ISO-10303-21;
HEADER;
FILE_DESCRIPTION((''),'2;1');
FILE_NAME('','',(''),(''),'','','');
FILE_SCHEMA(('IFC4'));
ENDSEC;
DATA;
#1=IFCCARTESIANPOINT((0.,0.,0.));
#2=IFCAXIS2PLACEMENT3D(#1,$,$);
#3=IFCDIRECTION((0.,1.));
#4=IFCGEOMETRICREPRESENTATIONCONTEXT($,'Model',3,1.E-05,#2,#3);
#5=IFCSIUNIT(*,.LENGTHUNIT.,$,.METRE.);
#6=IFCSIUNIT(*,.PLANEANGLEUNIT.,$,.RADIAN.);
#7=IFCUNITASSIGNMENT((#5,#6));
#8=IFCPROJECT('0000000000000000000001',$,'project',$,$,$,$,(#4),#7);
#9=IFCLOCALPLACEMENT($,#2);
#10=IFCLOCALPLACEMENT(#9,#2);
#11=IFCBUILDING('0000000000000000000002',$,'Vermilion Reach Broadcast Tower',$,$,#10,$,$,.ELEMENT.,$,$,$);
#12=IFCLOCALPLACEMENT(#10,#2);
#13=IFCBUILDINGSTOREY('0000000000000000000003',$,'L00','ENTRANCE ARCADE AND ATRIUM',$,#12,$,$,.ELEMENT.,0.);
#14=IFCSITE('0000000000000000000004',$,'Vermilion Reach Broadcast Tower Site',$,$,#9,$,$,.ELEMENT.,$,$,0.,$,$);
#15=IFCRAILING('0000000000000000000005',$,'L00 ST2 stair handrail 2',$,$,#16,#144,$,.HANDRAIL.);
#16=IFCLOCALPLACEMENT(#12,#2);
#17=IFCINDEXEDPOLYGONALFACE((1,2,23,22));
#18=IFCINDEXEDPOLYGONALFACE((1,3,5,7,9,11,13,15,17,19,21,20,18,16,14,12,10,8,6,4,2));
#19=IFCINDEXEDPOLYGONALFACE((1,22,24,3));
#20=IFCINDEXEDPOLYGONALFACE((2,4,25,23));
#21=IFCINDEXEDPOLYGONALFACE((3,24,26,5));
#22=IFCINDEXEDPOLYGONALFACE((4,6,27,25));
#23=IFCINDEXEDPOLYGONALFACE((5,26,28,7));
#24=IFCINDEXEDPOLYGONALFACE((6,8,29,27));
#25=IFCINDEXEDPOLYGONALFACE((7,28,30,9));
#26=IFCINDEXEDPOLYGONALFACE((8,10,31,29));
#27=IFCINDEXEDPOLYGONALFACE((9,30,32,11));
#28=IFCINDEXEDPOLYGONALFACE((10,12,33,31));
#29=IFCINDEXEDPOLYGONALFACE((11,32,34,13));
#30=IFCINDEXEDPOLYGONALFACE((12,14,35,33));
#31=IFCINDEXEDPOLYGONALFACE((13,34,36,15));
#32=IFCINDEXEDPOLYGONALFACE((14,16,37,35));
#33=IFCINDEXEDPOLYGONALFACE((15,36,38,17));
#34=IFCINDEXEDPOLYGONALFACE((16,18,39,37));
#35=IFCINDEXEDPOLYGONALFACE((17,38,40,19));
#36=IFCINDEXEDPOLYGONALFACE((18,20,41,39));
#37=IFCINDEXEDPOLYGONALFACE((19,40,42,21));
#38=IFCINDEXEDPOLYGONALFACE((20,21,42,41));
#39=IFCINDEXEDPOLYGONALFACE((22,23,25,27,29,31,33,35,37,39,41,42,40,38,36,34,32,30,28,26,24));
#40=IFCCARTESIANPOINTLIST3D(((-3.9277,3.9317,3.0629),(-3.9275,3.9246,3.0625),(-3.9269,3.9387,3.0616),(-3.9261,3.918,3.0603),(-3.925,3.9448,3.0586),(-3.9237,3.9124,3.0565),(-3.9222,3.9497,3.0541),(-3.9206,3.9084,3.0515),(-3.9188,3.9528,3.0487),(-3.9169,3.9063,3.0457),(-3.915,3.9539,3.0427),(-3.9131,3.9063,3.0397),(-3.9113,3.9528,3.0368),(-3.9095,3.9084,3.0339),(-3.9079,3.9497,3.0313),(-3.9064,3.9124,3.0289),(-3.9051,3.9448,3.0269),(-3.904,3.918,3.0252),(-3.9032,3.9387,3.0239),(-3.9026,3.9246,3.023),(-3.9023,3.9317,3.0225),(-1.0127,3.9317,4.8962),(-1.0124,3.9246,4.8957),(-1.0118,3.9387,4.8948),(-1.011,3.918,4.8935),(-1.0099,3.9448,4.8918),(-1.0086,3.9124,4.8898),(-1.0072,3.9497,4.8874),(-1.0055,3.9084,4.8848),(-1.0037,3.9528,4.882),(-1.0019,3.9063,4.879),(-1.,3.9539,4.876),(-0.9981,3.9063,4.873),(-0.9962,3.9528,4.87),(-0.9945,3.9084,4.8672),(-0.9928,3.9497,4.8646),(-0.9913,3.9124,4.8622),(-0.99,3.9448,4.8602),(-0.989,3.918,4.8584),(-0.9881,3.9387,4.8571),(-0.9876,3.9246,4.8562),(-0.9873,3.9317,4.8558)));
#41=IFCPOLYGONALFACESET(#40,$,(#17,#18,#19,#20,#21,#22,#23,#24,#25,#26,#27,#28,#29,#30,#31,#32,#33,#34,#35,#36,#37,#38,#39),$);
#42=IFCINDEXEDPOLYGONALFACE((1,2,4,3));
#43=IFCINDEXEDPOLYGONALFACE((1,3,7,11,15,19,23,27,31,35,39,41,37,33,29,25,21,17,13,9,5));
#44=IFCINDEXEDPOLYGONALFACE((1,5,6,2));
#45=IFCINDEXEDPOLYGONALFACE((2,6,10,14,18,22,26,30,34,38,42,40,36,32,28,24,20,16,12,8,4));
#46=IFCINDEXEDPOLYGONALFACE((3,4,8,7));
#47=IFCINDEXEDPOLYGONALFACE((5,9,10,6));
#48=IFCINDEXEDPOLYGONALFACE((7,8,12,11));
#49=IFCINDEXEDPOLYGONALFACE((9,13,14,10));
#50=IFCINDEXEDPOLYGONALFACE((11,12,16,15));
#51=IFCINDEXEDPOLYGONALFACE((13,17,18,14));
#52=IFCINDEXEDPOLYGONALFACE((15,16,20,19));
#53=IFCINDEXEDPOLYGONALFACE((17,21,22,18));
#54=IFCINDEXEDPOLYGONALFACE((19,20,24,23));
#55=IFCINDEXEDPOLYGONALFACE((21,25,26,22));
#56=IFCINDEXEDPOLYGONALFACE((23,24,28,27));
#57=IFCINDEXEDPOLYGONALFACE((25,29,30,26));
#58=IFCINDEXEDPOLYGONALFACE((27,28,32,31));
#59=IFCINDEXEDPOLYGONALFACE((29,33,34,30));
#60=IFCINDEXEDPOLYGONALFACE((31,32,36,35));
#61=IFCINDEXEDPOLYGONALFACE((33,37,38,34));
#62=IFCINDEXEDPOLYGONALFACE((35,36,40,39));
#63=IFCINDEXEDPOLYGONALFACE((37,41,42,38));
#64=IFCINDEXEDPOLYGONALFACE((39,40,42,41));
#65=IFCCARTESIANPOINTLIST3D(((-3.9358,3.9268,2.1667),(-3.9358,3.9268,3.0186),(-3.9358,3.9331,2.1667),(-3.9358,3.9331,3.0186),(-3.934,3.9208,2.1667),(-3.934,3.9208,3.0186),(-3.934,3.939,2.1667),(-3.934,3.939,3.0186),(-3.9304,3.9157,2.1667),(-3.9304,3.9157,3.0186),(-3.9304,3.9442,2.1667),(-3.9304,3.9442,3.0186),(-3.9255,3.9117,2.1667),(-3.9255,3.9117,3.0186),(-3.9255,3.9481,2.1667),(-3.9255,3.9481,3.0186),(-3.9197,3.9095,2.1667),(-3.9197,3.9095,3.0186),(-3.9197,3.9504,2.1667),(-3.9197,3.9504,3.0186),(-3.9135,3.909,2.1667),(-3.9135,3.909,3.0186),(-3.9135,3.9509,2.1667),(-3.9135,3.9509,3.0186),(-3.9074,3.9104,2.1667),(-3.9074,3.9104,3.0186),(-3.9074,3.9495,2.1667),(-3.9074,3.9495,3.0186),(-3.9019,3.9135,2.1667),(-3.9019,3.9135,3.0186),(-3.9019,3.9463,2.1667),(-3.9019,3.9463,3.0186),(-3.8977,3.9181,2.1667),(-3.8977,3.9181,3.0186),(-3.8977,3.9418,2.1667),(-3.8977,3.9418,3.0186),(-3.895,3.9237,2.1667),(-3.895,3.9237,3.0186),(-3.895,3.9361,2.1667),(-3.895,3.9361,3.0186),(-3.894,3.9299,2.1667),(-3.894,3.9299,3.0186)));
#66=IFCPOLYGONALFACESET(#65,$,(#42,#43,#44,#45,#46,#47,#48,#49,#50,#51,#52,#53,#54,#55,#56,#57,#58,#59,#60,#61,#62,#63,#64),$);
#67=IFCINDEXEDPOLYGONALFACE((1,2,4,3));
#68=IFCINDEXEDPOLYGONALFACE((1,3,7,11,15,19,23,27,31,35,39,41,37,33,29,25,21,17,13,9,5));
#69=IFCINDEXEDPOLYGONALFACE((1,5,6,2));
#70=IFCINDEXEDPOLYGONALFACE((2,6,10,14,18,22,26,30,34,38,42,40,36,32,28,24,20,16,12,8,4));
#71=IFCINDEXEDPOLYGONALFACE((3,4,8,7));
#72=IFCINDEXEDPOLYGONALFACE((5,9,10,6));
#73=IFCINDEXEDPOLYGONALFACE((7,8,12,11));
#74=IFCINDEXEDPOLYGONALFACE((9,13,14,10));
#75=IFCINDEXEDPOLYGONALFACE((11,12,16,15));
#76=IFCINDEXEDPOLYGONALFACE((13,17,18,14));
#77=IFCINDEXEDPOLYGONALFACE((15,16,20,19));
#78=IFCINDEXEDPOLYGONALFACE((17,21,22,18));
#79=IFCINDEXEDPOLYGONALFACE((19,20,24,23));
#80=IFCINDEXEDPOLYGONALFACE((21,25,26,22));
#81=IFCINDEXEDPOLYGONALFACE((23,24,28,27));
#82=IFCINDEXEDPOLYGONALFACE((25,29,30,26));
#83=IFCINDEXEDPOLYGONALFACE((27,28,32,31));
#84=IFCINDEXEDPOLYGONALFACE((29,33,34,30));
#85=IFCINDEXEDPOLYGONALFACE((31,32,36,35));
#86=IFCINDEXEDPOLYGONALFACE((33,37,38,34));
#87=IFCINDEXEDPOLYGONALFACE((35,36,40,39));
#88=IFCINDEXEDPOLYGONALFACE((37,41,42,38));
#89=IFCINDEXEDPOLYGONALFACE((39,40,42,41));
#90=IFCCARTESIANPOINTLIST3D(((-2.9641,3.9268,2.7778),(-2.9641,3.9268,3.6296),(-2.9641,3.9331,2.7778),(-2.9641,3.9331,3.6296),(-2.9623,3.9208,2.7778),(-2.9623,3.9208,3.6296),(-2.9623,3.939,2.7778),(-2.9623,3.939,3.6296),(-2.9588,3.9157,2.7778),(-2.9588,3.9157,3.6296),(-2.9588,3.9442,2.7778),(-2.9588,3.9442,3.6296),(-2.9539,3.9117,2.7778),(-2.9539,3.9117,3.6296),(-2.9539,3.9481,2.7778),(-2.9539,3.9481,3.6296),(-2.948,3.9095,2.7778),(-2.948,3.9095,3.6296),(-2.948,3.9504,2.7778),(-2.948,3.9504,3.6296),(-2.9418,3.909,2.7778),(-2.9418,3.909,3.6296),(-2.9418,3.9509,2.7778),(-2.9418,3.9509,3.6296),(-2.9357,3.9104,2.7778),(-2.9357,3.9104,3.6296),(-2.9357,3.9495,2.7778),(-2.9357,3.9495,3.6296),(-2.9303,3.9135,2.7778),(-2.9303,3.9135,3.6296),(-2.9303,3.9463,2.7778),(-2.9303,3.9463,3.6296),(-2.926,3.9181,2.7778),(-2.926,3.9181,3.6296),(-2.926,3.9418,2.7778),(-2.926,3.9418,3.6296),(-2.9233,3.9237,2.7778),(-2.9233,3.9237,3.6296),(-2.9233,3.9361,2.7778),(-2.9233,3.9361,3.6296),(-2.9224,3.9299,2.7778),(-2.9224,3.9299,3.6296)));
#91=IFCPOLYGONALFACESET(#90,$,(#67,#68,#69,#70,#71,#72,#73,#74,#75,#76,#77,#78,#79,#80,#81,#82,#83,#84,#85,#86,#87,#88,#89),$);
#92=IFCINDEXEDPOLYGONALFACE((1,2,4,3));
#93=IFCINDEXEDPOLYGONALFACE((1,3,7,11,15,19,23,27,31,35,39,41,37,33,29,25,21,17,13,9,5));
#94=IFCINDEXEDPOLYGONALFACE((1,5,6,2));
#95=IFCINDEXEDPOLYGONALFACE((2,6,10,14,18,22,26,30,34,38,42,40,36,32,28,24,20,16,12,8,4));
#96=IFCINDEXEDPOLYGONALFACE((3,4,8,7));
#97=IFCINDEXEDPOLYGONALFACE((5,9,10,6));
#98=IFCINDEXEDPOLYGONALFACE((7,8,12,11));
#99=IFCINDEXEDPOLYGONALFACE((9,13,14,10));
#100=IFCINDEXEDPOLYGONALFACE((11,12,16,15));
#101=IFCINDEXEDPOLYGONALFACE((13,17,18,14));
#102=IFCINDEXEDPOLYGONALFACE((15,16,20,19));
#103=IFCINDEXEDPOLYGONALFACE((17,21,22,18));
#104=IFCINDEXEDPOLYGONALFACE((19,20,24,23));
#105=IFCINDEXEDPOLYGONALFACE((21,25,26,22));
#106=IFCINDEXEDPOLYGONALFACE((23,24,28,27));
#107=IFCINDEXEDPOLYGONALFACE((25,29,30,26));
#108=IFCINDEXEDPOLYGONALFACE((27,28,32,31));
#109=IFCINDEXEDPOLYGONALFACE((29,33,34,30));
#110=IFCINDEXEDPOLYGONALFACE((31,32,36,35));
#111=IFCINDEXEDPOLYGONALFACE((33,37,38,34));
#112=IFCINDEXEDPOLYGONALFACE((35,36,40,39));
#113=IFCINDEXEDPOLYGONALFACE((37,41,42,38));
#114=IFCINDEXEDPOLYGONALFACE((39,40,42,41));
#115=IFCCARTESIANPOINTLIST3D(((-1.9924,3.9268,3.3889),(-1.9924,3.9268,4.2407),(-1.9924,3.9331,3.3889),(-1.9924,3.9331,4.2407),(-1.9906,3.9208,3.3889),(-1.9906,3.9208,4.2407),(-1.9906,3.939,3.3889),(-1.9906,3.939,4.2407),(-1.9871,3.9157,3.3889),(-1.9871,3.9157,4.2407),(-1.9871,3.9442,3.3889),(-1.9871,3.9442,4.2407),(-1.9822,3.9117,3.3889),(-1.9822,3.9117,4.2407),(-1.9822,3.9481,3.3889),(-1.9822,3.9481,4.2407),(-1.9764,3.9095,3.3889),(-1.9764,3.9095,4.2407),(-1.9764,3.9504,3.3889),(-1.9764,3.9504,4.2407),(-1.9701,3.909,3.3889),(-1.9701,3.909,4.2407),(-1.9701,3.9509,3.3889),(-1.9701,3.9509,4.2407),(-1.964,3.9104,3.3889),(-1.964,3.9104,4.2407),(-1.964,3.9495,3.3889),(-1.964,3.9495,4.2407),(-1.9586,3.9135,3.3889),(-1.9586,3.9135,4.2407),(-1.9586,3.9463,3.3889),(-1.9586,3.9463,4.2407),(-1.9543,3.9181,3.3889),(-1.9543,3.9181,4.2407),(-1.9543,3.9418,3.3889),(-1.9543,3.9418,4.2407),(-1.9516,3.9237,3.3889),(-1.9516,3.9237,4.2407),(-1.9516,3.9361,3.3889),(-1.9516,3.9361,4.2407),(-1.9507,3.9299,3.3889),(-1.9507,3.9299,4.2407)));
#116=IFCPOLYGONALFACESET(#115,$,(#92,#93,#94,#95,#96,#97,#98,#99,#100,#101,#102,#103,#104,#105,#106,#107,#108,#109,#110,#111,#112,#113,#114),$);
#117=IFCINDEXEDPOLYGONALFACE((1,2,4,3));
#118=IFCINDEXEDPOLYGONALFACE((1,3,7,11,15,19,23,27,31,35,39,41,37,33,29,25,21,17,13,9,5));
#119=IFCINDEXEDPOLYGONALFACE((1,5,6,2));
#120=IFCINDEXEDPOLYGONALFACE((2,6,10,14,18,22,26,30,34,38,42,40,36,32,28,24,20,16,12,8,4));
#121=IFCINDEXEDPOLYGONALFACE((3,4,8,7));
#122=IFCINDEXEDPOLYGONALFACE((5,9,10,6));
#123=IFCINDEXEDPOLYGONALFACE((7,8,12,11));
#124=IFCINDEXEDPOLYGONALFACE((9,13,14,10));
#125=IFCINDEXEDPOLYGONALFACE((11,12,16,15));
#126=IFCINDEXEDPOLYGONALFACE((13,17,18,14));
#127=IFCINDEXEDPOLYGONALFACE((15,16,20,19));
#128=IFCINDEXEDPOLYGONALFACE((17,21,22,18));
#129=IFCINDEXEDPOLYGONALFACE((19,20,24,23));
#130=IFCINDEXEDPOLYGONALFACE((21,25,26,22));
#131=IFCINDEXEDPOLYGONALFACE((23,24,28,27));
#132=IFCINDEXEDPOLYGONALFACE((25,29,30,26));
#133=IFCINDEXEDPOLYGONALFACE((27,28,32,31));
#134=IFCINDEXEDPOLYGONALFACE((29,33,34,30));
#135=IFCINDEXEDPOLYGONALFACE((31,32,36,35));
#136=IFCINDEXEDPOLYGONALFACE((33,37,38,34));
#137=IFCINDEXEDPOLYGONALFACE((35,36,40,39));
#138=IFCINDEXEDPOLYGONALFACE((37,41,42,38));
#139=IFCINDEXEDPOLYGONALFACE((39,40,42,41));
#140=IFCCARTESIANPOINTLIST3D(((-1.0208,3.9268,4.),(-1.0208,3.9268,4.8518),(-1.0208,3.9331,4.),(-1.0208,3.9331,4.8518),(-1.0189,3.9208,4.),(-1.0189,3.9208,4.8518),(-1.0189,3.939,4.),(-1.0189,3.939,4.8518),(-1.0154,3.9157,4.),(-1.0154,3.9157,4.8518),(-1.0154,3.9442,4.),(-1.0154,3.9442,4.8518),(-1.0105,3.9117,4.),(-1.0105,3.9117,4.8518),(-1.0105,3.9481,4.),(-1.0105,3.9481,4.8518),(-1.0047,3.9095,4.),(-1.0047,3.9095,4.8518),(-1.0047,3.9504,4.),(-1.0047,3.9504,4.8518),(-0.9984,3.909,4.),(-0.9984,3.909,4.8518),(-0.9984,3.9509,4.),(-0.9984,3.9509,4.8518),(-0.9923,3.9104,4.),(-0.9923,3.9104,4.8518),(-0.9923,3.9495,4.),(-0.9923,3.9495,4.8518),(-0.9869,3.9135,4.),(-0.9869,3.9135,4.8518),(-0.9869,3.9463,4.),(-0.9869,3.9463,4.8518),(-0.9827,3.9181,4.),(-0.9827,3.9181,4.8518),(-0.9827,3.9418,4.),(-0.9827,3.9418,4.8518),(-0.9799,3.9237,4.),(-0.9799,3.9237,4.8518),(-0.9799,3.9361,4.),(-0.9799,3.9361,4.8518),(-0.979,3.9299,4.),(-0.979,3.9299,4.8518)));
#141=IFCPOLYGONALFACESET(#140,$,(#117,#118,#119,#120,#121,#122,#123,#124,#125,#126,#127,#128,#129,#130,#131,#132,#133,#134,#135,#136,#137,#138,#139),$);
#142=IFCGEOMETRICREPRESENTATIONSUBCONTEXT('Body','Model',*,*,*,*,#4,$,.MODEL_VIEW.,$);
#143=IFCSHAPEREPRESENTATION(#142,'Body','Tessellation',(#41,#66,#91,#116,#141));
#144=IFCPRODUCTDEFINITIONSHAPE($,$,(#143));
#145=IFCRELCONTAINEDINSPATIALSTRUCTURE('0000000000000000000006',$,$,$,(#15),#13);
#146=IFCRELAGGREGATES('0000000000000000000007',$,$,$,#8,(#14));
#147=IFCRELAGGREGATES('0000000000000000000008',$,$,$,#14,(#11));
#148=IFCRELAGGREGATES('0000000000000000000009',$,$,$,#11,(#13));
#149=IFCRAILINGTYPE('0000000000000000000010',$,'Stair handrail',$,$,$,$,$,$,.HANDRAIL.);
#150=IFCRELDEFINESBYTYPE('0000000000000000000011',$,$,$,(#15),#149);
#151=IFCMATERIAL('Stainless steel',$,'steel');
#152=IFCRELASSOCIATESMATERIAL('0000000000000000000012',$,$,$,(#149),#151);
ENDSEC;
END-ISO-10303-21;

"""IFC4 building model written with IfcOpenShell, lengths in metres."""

from ifc_helpers import new_model, si_unit, direction, frame, origin, origin_2d, place, context, subcontext, project, spatial, circle, extrude, material, type_object, element, save


model = new_model("IFC4")

# Units and contexts
model_context = context("Model", 3, precision=1e-05, world=origin(), true_north=direction((0.0, 1.0)))
body_context = subcontext(model_context, "Body", "Model", "MODEL_VIEW")
ifc_project = project(units=[si_unit("LENGTHUNIT", "METRE"), si_unit("PLANEANGLEUNIT", "RADIAN")], contexts=[model_context])

# Site, building, storey
site_placement = place(None, origin())
site = spatial("IfcSite", under=ifc_project, at=site_placement, Name="Vermilion Reach Broadcast Tower Site", CompositionType="ELEMENT", RefElevation=0.0)
building_placement = place(site_placement, origin())
building = spatial("IfcBuilding", under=site, at=building_placement, Name="Vermilion Reach Broadcast Tower", CompositionType="ELEMENT")
storey_placement = place(building_placement, origin())
storey = spatial("IfcBuildingStorey", under=building, at=storey_placement, Name="L00", Description="ENTRANCE ARCADE AND ATRIUM", CompositionType="ELEMENT", Elevation=0.0)

# Railing
ifc_material_1 = material(Name="Stainless steel", Category="steel")
railing_type_1 = type_object("IfcRailingType", Name="Stair handrail", PredefinedType="HANDRAIL", material=ifc_material_1)
for number, where, name in (
    (1, (-3.915, 3.9299, 2.1667), "L00 ST2 stair handrail 2"),
):
    element("IfcRailing", number, at=place(storey_placement, frame(where)), inside=storey, type_object=railing_type_1, Name=name, PredefinedType="HANDRAIL", context=body_context, shape_type="SweptSolid", body=[
        extrude(circle(Radius=0.0239, at=origin_2d()), frame((0.0, 0.0, 0.876), z_axis=(0.846513, 0.0, 0.532368), x_axis=(0.0, 1.0, 0.0)), (0.0, 0.0, 1.0), 3.4436),
        extrude(circle(Radius=0.021, at=origin_2d()), origin(), (0.0, 0.0, 1.0), 0.8518),
        extrude(circle(Radius=0.021, at=origin_2d()), frame((0.9717, 0.0, 0.6111)), (0.0, 0.0, 1.0), 0.8518),
        extrude(circle(Radius=0.021, at=origin_2d()), frame((1.9434, 0.0, 1.2222)), (0.0, 0.0, 1.0), 0.8518),
        extrude(circle(Radius=0.021, at=origin_2d()), frame((2.915, 0.0, 1.8333)), (0.0, 0.0, 1.0), 0.8518),
    ])

save(model, "model.ifc")
